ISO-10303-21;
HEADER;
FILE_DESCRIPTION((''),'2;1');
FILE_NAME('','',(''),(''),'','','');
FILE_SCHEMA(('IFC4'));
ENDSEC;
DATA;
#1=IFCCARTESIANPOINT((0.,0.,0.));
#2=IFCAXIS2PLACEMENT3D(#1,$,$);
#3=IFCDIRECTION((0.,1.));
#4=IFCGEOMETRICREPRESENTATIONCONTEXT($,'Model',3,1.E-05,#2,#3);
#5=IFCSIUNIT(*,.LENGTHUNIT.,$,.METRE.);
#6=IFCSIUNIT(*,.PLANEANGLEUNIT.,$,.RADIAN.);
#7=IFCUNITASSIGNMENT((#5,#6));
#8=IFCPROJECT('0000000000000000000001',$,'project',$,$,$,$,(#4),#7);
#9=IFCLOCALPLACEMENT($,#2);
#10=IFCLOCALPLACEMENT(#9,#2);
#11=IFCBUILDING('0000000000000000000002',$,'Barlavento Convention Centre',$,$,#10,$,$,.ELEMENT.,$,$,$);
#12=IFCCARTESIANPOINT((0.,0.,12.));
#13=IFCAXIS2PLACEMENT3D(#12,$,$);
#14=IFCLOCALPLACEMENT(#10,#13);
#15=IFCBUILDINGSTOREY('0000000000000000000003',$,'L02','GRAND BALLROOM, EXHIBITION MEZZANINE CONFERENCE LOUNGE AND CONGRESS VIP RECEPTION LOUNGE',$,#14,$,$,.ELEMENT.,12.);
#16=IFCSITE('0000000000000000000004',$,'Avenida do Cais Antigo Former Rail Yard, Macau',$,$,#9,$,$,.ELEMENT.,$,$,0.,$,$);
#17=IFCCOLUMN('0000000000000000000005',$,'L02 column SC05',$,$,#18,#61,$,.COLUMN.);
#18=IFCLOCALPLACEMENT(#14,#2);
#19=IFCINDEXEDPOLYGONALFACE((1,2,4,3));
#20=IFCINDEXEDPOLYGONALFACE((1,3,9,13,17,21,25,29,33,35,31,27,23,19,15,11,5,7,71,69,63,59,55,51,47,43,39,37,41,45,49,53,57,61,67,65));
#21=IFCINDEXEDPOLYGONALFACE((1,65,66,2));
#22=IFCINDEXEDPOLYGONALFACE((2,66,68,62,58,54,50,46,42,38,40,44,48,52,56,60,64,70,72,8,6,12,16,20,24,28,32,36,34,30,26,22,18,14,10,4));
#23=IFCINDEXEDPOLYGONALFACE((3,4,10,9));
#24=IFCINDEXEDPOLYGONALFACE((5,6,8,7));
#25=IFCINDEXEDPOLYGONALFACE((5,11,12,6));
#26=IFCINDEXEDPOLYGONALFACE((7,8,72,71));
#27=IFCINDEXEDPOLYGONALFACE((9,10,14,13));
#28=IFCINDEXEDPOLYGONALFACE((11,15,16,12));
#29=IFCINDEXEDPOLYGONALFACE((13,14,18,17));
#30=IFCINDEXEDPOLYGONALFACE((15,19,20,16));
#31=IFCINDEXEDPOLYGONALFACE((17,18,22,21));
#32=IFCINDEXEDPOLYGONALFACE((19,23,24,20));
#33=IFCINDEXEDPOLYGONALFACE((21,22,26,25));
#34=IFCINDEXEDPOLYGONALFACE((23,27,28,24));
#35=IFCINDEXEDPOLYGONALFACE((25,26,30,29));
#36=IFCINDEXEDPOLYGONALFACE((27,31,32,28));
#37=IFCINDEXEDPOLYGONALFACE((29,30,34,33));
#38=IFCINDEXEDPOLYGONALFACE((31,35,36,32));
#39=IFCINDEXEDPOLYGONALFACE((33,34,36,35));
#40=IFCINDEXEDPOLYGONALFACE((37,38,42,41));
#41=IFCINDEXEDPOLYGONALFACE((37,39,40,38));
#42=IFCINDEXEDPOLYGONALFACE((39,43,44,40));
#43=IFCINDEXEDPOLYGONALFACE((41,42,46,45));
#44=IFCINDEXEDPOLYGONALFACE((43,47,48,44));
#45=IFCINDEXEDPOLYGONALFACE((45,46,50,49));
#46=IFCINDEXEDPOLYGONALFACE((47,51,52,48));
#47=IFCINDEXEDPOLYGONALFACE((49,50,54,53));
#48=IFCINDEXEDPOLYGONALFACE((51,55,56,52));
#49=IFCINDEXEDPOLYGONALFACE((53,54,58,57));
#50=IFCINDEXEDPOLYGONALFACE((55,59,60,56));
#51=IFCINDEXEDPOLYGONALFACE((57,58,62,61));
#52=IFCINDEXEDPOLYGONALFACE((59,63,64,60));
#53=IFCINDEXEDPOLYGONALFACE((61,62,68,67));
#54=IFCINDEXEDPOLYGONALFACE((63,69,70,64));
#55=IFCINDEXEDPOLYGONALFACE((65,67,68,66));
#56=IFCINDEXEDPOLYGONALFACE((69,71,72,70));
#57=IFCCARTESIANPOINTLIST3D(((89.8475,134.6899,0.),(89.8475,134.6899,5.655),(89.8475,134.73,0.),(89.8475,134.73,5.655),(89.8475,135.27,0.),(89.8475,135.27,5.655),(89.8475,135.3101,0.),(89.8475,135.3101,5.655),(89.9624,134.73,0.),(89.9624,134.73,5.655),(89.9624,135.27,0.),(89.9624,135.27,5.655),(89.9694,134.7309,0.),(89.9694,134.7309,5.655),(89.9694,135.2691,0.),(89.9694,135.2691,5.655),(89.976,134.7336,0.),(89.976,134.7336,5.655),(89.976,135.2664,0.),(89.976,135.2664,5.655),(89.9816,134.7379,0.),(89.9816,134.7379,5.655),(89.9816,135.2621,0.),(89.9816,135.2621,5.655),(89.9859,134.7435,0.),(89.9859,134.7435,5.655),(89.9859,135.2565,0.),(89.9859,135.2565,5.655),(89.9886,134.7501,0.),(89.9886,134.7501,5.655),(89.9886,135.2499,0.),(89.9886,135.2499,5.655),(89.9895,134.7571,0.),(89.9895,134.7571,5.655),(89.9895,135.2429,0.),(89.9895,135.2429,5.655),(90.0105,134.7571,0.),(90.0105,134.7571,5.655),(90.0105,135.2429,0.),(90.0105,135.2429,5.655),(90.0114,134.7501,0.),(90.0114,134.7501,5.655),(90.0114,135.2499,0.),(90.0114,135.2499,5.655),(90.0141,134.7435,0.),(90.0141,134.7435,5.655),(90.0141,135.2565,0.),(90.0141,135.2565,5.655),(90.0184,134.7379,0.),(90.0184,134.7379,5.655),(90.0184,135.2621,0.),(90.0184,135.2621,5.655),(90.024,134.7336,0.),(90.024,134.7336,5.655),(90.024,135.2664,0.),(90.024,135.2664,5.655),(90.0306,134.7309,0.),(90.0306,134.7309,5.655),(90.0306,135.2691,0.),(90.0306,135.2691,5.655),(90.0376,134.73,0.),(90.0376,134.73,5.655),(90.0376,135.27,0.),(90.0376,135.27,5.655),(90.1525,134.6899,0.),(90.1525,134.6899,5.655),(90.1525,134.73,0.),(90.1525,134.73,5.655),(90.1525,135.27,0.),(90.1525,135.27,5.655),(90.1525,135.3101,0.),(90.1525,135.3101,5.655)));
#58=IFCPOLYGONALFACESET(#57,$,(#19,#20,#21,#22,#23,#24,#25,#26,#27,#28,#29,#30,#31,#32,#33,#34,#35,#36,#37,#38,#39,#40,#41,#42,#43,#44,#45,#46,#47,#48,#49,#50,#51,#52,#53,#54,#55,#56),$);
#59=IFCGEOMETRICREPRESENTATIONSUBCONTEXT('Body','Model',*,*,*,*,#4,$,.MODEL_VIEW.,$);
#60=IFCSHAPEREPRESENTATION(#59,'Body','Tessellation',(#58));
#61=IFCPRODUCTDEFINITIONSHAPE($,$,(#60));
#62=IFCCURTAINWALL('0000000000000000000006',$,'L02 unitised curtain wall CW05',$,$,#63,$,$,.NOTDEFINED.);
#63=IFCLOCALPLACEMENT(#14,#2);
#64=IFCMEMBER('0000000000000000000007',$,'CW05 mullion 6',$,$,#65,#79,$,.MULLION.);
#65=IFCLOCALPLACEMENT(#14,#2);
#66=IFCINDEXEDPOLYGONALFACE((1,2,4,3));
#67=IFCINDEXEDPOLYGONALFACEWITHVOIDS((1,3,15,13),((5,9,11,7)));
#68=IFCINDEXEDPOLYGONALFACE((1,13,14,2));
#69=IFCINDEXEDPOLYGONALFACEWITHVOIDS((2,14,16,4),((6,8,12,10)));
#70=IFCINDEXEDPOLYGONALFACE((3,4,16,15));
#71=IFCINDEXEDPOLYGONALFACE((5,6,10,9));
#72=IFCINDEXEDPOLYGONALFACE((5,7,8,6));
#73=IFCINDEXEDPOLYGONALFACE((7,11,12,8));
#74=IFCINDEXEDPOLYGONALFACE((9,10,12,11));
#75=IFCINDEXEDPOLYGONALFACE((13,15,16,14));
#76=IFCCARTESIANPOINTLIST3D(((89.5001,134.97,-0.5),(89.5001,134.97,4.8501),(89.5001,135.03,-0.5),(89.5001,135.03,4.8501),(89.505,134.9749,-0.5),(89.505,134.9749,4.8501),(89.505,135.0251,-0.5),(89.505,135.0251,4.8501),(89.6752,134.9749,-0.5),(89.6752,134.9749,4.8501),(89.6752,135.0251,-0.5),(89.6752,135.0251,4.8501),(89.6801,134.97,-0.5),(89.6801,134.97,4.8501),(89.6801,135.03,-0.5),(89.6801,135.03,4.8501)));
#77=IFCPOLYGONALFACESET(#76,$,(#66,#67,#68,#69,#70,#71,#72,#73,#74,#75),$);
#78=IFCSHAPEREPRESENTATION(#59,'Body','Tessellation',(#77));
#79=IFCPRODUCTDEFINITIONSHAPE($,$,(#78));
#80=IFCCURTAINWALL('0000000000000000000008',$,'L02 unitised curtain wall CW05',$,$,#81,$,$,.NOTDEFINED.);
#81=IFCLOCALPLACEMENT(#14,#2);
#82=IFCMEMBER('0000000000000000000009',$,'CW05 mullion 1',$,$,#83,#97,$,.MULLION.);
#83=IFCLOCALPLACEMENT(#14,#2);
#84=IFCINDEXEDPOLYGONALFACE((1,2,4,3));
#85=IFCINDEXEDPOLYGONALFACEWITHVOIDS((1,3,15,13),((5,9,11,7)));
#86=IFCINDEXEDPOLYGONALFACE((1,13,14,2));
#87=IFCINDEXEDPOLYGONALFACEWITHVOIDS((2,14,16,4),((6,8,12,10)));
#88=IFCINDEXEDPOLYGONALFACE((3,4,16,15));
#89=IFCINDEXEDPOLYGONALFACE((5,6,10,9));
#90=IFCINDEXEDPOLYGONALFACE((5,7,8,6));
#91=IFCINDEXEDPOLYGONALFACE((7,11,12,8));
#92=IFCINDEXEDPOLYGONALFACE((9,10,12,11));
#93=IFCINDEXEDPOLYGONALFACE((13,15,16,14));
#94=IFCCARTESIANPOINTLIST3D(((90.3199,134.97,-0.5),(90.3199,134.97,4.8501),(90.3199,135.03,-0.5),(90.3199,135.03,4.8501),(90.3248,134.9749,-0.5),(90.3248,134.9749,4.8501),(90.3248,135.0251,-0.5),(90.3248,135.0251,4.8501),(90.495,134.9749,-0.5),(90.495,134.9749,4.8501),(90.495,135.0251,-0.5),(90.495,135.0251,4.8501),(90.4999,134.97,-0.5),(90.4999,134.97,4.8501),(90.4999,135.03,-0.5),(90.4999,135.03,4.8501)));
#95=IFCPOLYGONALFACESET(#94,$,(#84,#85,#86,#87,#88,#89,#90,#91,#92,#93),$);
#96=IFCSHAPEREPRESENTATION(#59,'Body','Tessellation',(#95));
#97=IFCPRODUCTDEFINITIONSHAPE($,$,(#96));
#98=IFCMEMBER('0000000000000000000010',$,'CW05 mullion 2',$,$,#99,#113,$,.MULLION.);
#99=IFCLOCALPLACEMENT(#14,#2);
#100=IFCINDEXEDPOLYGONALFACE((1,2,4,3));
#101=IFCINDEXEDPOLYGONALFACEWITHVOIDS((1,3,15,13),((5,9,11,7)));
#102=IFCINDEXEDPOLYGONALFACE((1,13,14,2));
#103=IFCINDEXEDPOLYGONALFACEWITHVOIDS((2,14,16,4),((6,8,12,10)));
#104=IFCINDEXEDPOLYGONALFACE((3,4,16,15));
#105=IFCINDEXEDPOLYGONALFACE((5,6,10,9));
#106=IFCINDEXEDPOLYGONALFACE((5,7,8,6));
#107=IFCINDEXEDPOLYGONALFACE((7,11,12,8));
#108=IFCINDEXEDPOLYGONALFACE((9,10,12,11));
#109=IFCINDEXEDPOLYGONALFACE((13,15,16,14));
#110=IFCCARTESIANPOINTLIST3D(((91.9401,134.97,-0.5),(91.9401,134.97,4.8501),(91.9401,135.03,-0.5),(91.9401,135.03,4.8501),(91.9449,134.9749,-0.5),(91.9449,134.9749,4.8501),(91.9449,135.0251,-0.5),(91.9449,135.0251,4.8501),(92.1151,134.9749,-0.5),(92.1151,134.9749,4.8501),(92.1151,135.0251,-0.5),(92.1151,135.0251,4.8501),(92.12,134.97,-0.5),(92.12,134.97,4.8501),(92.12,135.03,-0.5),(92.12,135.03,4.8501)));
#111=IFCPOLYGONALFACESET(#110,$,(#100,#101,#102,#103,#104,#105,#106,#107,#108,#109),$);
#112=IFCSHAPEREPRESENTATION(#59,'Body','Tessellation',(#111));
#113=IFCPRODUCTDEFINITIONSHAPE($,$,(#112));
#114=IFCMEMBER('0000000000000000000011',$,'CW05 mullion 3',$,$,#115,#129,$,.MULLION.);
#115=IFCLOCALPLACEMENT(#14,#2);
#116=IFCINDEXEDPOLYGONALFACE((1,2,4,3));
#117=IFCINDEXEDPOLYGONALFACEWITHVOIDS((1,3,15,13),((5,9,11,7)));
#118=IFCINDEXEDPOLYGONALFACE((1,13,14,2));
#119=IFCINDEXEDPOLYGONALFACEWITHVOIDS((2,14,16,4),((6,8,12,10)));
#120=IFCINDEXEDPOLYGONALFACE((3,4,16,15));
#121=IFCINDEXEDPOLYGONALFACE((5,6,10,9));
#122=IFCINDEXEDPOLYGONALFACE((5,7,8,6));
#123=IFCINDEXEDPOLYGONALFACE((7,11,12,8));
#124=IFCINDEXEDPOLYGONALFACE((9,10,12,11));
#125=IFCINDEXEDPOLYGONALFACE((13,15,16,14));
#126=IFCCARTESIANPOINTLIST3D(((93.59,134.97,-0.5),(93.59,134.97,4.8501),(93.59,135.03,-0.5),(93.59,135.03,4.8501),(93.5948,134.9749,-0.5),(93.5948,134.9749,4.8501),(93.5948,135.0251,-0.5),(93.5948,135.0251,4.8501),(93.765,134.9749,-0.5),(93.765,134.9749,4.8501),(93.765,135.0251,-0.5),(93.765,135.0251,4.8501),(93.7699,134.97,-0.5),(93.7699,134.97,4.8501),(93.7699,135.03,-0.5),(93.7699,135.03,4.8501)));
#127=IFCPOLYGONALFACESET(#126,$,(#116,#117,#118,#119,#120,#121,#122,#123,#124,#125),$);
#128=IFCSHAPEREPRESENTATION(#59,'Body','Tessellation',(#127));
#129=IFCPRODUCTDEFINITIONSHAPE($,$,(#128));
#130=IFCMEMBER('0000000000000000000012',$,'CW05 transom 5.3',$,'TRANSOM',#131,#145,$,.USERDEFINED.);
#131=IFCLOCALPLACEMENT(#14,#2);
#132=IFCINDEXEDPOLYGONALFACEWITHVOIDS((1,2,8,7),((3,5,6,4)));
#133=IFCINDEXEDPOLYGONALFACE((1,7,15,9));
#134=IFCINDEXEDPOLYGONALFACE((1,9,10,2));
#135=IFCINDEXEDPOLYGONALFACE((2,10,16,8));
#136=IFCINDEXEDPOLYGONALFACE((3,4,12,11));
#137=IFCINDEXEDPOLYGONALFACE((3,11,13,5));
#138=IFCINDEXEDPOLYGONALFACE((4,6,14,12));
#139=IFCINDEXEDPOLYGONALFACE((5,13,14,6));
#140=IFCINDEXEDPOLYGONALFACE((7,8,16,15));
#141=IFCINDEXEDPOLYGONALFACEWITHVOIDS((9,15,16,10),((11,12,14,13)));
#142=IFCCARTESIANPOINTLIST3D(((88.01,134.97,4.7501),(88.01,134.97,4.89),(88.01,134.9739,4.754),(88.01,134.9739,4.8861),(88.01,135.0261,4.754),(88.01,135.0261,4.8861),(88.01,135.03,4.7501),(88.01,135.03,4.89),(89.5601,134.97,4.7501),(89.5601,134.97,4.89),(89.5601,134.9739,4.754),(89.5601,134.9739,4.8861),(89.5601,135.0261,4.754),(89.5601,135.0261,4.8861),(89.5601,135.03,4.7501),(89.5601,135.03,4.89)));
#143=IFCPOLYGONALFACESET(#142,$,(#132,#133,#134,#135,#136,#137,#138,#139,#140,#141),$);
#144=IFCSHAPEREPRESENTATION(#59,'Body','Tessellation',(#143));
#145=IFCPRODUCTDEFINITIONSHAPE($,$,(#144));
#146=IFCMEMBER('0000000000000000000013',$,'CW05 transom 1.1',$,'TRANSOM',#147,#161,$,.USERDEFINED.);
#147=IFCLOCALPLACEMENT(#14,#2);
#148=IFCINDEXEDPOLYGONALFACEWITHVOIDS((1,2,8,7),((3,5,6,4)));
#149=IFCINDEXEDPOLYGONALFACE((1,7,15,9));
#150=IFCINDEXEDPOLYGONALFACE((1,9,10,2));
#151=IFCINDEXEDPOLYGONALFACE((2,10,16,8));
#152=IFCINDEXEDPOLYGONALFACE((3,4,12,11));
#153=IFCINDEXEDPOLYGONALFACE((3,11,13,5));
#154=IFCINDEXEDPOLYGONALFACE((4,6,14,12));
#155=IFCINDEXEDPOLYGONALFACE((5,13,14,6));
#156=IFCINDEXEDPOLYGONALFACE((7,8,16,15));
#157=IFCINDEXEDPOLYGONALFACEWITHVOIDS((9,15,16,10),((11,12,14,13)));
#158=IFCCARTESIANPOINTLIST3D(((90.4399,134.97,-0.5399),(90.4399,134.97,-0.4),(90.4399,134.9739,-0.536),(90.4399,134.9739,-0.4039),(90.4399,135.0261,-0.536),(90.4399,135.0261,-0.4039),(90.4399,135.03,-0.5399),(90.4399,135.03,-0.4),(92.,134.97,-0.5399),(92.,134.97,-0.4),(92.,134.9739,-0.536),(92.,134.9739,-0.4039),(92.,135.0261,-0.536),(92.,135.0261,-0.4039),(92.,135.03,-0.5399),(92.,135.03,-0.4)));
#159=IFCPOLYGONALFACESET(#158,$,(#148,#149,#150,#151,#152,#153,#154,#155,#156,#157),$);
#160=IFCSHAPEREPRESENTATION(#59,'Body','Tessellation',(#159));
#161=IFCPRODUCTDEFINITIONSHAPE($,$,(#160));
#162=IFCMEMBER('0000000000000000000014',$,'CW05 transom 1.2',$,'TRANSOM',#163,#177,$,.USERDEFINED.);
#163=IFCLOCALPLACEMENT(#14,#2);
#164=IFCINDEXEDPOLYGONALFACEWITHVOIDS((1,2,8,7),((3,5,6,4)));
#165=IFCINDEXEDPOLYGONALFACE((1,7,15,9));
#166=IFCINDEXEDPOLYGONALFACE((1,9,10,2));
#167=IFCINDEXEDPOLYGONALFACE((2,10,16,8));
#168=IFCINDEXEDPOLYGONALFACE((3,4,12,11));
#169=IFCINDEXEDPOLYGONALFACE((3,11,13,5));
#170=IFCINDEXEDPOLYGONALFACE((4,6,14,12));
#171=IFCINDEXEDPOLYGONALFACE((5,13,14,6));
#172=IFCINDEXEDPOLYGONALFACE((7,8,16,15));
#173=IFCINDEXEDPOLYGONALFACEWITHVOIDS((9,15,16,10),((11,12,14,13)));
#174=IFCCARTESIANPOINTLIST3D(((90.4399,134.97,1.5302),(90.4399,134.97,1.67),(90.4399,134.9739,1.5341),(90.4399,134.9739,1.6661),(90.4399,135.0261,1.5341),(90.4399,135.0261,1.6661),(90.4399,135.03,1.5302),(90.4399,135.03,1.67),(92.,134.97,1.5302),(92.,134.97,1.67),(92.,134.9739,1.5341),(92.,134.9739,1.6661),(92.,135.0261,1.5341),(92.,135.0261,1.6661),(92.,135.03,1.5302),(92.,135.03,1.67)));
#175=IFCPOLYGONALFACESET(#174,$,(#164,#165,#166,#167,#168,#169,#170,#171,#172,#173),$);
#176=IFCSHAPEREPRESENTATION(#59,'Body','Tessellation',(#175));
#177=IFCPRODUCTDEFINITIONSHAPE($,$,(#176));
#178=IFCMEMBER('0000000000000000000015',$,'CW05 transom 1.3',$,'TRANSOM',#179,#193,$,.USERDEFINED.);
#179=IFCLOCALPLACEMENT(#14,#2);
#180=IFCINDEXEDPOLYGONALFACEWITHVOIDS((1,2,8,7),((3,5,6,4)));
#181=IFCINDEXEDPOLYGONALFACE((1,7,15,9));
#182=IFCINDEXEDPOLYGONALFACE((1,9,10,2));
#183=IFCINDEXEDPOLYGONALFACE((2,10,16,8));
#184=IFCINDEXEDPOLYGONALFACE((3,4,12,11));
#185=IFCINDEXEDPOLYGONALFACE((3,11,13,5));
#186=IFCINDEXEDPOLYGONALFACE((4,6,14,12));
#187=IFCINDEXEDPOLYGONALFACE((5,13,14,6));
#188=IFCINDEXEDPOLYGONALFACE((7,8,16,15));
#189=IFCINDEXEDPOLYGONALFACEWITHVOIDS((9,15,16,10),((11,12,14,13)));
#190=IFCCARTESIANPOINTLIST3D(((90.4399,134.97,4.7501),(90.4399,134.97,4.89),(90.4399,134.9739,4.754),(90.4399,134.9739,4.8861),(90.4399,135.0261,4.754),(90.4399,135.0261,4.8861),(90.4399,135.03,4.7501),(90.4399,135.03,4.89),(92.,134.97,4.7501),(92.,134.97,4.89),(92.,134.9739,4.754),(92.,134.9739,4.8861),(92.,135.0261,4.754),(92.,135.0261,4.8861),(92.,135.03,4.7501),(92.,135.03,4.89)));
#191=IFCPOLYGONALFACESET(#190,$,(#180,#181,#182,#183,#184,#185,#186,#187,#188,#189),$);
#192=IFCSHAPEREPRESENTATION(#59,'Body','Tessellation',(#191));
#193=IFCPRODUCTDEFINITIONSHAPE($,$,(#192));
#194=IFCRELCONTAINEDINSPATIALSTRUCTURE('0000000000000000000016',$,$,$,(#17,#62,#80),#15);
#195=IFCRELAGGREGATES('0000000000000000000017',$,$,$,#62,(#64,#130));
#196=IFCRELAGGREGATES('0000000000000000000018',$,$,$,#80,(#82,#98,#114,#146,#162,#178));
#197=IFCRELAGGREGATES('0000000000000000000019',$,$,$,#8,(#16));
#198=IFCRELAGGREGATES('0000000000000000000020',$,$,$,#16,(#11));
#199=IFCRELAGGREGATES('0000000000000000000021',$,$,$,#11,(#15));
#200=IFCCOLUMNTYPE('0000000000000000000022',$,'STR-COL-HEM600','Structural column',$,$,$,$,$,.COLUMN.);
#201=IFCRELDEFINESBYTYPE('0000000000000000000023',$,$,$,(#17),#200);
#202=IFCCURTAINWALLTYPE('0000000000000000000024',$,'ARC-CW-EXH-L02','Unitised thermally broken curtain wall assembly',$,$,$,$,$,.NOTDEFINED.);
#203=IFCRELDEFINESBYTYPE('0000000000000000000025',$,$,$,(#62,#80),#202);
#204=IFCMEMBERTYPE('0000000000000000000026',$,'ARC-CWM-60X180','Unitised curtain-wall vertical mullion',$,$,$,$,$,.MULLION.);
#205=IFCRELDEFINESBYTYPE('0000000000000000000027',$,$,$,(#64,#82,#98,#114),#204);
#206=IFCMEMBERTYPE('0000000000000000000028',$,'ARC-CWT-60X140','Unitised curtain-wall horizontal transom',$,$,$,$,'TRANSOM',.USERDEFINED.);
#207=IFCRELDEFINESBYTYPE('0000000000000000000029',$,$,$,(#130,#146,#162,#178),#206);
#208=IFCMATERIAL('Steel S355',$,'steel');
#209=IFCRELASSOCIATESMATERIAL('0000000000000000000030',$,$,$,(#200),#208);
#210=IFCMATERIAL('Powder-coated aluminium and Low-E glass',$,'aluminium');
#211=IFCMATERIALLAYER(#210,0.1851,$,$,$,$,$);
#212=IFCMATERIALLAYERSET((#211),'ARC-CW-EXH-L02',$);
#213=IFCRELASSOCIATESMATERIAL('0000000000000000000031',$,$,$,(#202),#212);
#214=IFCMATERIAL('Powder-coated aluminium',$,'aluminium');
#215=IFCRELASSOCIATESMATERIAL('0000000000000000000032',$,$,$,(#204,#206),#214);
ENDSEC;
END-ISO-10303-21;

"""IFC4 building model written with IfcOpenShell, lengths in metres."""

from ifc_helpers import new_model, si_unit, direction, frame, origin, origin_2d, place, context, subcontext, project, spatial, hollow_rectangle, i_section, extrude, material, layer, layer_set, material_profile, profile_set, type_object, element, aggregate, save


model = new_model("IFC4")

# Units and contexts
model_context = context("Model", 3, precision=1e-05, world=origin(), true_north=direction((0.0, 1.0)))
body_context = subcontext(model_context, "Body", "Model", "MODEL_VIEW")
ifc_project = project(units=[si_unit("LENGTHUNIT", "METRE"), si_unit("PLANEANGLEUNIT", "RADIAN")], contexts=[model_context])

# Site, building, storey
site_placement = place(None, origin())
site = spatial("IfcSite", under=ifc_project, at=site_placement, Name="Avenida do Cais Antigo Former Rail Yard, Macau", CompositionType="ELEMENT", RefElevation=0.0)
building_placement = place(site_placement, origin())
building = spatial("IfcBuilding", under=site, at=building_placement, Name="Barlavento Convention Centre", CompositionType="ELEMENT")
storey_placement = place(building_placement, frame((0.0, 0.0, 12.0)))
storey = spatial("IfcBuildingStorey", under=building, at=storey_placement, Name="L02", Description="GRAND BALLROOM, EXHIBITION MEZZANINE CONFERENCE LOUNGE AND CONGRESS VIP RECEPTION LOUNGE", CompositionType="ELEMENT", Elevation=12.0)

# Column
ifc_material_1 = material(Name="Steel S355", Category="steel")
ifc_material_profile_1 = material_profile(ifc_material_1, i_section(OverallWidth=0.3049, OverallDepth=0.6201, WebThickness=0.021, FlangeThickness=0.04, FilletRadius=0.0271, at=origin_2d()), Name="HEM 600")
ifc_profile_set_1 = profile_set([ifc_material_profile_1], Name="Steel S355")
column_type = type_object("IfcColumnType", Name="STR-COL-HEM600", Description="Structural column", PredefinedType="COLUMN", material=ifc_profile_set_1)
column_placement = place(storey_placement, frame((90.0, 135.0, 0.0), z_axis=(0.0, 0.0, 1.0), x_axis=(1.0, 0.0, 0.0)))
element("IfcColumn", 1, at=column_placement, inside=storey, type_object=column_type, Name="L02 column SC05", PredefinedType="COLUMN", context=body_context, shape_type="SweptSolid", body=[
    extrude(i_section(OverallWidth=0.3049, OverallDepth=0.6201, WebThickness=0.021, FlangeThickness=0.04, FilletRadius=0.0271, at=origin_2d()), origin(), (0.0, 0.0, 1.0), 5.655),
])

# Curtain wall, member
ifc_material_2 = material(Name="Powder-coated aluminium and Low-E glass", Category="aluminium")
ifc_layer_1 = layer(ifc_material_2, 0.1851)
ifc_layer_set_1 = layer_set([ifc_layer_1], Name="ARC-CW-EXH-L02")
curtain_wall_type = type_object("IfcCurtainWallType", Name="ARC-CW-EXH-L02", Description="Unitised thermally broken curtain wall assembly", PredefinedType="NOTDEFINED", material=ifc_layer_set_1)
curtain_wall_1_placement = place(storey_placement, origin())
curtain_wall_1 = element("IfcCurtainWall", 2, at=curtain_wall_1_placement, inside=storey, type_object=curtain_wall_type, Name="L02 unitised curtain wall CW05", PredefinedType="NOTDEFINED")
ifc_material_3 = material(Name="Powder-coated aluminium", Category="aluminium")
ifc_material_profile_2 = material_profile(ifc_material_3, hollow_rectangle(XDim=0.0601, YDim=0.1799, WallThickness=0.0049, at=origin_2d()), Name="AL-MULL 60x180x5")
ifc_profile_set_2 = profile_set([ifc_material_profile_2], Name="Powder-coated aluminium")
member_type_1 = type_object("IfcMemberType", Name="ARC-CWM-60X180", Description="Unitised curtain-wall vertical mullion", PredefinedType="MULLION", material=ifc_profile_set_2)
member_1_placement = place(storey_placement, frame((89.5901, 135.0, -0.5), z_axis=(0.0, 0.0, 1.0), x_axis=(0.0, 1.0, 0.0)))
member_1 = element("IfcMember", 3, at=member_1_placement, type_object=member_type_1, Name="CW05 mullion 6", PredefinedType="MULLION", context=body_context, shape_type="SweptSolid", body=[
    extrude(hollow_rectangle(XDim=0.0601, YDim=0.1799, WallThickness=0.0049, at=origin_2d()), origin(), (0.0, 0.0, 1.0), 5.3501),
])

# Curtain wall, members
curtain_wall_2_placement = place(storey_placement, origin())
curtain_wall_2 = element("IfcCurtainWall", 4, at=curtain_wall_2_placement, inside=storey, type_object=curtain_wall_type, Name="L02 unitised curtain wall CW05", PredefinedType="NOTDEFINED")
member_2_placement = place(storey_placement, frame((90.4099, 135.0, -0.5), z_axis=(0.0, 0.0, 1.0), x_axis=(0.0, 1.0, 0.0)))
member_2 = element("IfcMember", 5, at=member_2_placement, type_object=member_type_1, Name="CW05 mullion 1", PredefinedType="MULLION", context=body_context, shape_type="SweptSolid", body=[
    extrude(hollow_rectangle(XDim=0.0601, YDim=0.1799, WallThickness=0.0049, at=origin_2d()), origin(), (0.0, 0.0, 1.0), 5.3501),
])
member_3_placement = place(storey_placement, frame((92.03, 135.0, -0.5), z_axis=(0.0, 0.0, 1.0), x_axis=(0.0, 1.0, 0.0)))
member_3 = element("IfcMember", 6, at=member_3_placement, type_object=member_type_1, Name="CW05 mullion 2", PredefinedType="MULLION", context=body_context, shape_type="SweptSolid", body=[
    extrude(hollow_rectangle(XDim=0.0601, YDim=0.1799, WallThickness=0.0049, at=origin_2d()), origin(), (0.0, 0.0, 1.0), 5.3501),
])
member_4_placement = place(storey_placement, frame((93.6799, 135.0, -0.5), z_axis=(0.0, 0.0, 1.0), x_axis=(0.0, 1.0, 0.0)))
member_4 = element("IfcMember", 7, at=member_4_placement, type_object=member_type_1, Name="CW05 mullion 3", PredefinedType="MULLION", context=body_context, shape_type="SweptSolid", body=[
    extrude(hollow_rectangle(XDim=0.0601, YDim=0.1799, WallThickness=0.0049, at=origin_2d()), origin(), (0.0, 0.0, 1.0), 5.3501),
])

# Members
ifc_material_profile_3 = material_profile(ifc_material_3, hollow_rectangle(XDim=0.0601, YDim=0.1399, WallThickness=0.0039, at=origin_2d()), Name="AL-TRAN 60x140x4")
ifc_profile_set_3 = profile_set([ifc_material_profile_3], Name="Powder-coated aluminium")
member_type_2 = type_object("IfcMemberType", Name="ARC-CWT-60X140", Description="Unitised curtain-wall horizontal transom", ElementType="TRANSOM", PredefinedType="USERDEFINED", material=ifc_profile_set_3)
member_5_placement = place(storey_placement, frame((88.01, 135.0, 4.8201), z_axis=(1.0, 0.0, 0.0), x_axis=(0.0, 1.0, 0.0)))
member_5 = element("IfcMember", 8, at=member_5_placement, type_object=member_type_2, Name="CW05 transom 5.3", ObjectType="TRANSOM", PredefinedType="USERDEFINED", context=body_context, shape_type="SweptSolid", body=[
    extrude(hollow_rectangle(XDim=0.0601, YDim=0.1399, WallThickness=0.0039, at=origin_2d()), origin(), (0.0, 0.0, 1.0), 1.55),
])
member_6_placement = place(storey_placement, frame((90.4399, 135.0, -0.47), z_axis=(1.0, 0.0, 0.0), x_axis=(0.0, 1.0, 0.0)))
member_6 = element("IfcMember", 9, at=member_6_placement, type_object=member_type_2, Name="CW05 transom 1.1", ObjectType="TRANSOM", PredefinedType="USERDEFINED", context=body_context, shape_type="SweptSolid", body=[
    extrude(hollow_rectangle(XDim=0.0601, YDim=0.1399, WallThickness=0.0039, at=origin_2d()), origin(), (0.0, 0.0, 1.0), 1.5601),
])
member_7_placement = place(storey_placement, frame((90.4399, 135.0, 1.6001), z_axis=(1.0, 0.0, 0.0), x_axis=(0.0, 1.0, 0.0)))
member_7 = element("IfcMember", 10, at=member_7_placement, type_object=member_type_2, Name="CW05 transom 1.2", ObjectType="TRANSOM", PredefinedType="USERDEFINED", context=body_context, shape_type="SweptSolid", body=[
    extrude(hollow_rectangle(XDim=0.0601, YDim=0.1399, WallThickness=0.0039, at=origin_2d()), origin(), (0.0, 0.0, 1.0), 1.5601),
])
member_8_placement = place(storey_placement, frame((90.4399, 135.0, 4.8201), z_axis=(1.0, 0.0, 0.0), x_axis=(0.0, 1.0, 0.0)))
member_8 = element("IfcMember", 11, at=member_8_placement, type_object=member_type_2, Name="CW05 transom 1.3", ObjectType="TRANSOM", PredefinedType="USERDEFINED", context=body_context, shape_type="SweptSolid", body=[
    extrude(hollow_rectangle(XDim=0.0601, YDim=0.1399, WallThickness=0.0039, at=origin_2d()), origin(), (0.0, 0.0, 1.0), 1.5601),
])

aggregate(curtain_wall_1, [member_1, member_5])
aggregate(curtain_wall_2, [member_2, member_3, member_4, member_6, member_7, member_8])

save(model, "model.ifc")
